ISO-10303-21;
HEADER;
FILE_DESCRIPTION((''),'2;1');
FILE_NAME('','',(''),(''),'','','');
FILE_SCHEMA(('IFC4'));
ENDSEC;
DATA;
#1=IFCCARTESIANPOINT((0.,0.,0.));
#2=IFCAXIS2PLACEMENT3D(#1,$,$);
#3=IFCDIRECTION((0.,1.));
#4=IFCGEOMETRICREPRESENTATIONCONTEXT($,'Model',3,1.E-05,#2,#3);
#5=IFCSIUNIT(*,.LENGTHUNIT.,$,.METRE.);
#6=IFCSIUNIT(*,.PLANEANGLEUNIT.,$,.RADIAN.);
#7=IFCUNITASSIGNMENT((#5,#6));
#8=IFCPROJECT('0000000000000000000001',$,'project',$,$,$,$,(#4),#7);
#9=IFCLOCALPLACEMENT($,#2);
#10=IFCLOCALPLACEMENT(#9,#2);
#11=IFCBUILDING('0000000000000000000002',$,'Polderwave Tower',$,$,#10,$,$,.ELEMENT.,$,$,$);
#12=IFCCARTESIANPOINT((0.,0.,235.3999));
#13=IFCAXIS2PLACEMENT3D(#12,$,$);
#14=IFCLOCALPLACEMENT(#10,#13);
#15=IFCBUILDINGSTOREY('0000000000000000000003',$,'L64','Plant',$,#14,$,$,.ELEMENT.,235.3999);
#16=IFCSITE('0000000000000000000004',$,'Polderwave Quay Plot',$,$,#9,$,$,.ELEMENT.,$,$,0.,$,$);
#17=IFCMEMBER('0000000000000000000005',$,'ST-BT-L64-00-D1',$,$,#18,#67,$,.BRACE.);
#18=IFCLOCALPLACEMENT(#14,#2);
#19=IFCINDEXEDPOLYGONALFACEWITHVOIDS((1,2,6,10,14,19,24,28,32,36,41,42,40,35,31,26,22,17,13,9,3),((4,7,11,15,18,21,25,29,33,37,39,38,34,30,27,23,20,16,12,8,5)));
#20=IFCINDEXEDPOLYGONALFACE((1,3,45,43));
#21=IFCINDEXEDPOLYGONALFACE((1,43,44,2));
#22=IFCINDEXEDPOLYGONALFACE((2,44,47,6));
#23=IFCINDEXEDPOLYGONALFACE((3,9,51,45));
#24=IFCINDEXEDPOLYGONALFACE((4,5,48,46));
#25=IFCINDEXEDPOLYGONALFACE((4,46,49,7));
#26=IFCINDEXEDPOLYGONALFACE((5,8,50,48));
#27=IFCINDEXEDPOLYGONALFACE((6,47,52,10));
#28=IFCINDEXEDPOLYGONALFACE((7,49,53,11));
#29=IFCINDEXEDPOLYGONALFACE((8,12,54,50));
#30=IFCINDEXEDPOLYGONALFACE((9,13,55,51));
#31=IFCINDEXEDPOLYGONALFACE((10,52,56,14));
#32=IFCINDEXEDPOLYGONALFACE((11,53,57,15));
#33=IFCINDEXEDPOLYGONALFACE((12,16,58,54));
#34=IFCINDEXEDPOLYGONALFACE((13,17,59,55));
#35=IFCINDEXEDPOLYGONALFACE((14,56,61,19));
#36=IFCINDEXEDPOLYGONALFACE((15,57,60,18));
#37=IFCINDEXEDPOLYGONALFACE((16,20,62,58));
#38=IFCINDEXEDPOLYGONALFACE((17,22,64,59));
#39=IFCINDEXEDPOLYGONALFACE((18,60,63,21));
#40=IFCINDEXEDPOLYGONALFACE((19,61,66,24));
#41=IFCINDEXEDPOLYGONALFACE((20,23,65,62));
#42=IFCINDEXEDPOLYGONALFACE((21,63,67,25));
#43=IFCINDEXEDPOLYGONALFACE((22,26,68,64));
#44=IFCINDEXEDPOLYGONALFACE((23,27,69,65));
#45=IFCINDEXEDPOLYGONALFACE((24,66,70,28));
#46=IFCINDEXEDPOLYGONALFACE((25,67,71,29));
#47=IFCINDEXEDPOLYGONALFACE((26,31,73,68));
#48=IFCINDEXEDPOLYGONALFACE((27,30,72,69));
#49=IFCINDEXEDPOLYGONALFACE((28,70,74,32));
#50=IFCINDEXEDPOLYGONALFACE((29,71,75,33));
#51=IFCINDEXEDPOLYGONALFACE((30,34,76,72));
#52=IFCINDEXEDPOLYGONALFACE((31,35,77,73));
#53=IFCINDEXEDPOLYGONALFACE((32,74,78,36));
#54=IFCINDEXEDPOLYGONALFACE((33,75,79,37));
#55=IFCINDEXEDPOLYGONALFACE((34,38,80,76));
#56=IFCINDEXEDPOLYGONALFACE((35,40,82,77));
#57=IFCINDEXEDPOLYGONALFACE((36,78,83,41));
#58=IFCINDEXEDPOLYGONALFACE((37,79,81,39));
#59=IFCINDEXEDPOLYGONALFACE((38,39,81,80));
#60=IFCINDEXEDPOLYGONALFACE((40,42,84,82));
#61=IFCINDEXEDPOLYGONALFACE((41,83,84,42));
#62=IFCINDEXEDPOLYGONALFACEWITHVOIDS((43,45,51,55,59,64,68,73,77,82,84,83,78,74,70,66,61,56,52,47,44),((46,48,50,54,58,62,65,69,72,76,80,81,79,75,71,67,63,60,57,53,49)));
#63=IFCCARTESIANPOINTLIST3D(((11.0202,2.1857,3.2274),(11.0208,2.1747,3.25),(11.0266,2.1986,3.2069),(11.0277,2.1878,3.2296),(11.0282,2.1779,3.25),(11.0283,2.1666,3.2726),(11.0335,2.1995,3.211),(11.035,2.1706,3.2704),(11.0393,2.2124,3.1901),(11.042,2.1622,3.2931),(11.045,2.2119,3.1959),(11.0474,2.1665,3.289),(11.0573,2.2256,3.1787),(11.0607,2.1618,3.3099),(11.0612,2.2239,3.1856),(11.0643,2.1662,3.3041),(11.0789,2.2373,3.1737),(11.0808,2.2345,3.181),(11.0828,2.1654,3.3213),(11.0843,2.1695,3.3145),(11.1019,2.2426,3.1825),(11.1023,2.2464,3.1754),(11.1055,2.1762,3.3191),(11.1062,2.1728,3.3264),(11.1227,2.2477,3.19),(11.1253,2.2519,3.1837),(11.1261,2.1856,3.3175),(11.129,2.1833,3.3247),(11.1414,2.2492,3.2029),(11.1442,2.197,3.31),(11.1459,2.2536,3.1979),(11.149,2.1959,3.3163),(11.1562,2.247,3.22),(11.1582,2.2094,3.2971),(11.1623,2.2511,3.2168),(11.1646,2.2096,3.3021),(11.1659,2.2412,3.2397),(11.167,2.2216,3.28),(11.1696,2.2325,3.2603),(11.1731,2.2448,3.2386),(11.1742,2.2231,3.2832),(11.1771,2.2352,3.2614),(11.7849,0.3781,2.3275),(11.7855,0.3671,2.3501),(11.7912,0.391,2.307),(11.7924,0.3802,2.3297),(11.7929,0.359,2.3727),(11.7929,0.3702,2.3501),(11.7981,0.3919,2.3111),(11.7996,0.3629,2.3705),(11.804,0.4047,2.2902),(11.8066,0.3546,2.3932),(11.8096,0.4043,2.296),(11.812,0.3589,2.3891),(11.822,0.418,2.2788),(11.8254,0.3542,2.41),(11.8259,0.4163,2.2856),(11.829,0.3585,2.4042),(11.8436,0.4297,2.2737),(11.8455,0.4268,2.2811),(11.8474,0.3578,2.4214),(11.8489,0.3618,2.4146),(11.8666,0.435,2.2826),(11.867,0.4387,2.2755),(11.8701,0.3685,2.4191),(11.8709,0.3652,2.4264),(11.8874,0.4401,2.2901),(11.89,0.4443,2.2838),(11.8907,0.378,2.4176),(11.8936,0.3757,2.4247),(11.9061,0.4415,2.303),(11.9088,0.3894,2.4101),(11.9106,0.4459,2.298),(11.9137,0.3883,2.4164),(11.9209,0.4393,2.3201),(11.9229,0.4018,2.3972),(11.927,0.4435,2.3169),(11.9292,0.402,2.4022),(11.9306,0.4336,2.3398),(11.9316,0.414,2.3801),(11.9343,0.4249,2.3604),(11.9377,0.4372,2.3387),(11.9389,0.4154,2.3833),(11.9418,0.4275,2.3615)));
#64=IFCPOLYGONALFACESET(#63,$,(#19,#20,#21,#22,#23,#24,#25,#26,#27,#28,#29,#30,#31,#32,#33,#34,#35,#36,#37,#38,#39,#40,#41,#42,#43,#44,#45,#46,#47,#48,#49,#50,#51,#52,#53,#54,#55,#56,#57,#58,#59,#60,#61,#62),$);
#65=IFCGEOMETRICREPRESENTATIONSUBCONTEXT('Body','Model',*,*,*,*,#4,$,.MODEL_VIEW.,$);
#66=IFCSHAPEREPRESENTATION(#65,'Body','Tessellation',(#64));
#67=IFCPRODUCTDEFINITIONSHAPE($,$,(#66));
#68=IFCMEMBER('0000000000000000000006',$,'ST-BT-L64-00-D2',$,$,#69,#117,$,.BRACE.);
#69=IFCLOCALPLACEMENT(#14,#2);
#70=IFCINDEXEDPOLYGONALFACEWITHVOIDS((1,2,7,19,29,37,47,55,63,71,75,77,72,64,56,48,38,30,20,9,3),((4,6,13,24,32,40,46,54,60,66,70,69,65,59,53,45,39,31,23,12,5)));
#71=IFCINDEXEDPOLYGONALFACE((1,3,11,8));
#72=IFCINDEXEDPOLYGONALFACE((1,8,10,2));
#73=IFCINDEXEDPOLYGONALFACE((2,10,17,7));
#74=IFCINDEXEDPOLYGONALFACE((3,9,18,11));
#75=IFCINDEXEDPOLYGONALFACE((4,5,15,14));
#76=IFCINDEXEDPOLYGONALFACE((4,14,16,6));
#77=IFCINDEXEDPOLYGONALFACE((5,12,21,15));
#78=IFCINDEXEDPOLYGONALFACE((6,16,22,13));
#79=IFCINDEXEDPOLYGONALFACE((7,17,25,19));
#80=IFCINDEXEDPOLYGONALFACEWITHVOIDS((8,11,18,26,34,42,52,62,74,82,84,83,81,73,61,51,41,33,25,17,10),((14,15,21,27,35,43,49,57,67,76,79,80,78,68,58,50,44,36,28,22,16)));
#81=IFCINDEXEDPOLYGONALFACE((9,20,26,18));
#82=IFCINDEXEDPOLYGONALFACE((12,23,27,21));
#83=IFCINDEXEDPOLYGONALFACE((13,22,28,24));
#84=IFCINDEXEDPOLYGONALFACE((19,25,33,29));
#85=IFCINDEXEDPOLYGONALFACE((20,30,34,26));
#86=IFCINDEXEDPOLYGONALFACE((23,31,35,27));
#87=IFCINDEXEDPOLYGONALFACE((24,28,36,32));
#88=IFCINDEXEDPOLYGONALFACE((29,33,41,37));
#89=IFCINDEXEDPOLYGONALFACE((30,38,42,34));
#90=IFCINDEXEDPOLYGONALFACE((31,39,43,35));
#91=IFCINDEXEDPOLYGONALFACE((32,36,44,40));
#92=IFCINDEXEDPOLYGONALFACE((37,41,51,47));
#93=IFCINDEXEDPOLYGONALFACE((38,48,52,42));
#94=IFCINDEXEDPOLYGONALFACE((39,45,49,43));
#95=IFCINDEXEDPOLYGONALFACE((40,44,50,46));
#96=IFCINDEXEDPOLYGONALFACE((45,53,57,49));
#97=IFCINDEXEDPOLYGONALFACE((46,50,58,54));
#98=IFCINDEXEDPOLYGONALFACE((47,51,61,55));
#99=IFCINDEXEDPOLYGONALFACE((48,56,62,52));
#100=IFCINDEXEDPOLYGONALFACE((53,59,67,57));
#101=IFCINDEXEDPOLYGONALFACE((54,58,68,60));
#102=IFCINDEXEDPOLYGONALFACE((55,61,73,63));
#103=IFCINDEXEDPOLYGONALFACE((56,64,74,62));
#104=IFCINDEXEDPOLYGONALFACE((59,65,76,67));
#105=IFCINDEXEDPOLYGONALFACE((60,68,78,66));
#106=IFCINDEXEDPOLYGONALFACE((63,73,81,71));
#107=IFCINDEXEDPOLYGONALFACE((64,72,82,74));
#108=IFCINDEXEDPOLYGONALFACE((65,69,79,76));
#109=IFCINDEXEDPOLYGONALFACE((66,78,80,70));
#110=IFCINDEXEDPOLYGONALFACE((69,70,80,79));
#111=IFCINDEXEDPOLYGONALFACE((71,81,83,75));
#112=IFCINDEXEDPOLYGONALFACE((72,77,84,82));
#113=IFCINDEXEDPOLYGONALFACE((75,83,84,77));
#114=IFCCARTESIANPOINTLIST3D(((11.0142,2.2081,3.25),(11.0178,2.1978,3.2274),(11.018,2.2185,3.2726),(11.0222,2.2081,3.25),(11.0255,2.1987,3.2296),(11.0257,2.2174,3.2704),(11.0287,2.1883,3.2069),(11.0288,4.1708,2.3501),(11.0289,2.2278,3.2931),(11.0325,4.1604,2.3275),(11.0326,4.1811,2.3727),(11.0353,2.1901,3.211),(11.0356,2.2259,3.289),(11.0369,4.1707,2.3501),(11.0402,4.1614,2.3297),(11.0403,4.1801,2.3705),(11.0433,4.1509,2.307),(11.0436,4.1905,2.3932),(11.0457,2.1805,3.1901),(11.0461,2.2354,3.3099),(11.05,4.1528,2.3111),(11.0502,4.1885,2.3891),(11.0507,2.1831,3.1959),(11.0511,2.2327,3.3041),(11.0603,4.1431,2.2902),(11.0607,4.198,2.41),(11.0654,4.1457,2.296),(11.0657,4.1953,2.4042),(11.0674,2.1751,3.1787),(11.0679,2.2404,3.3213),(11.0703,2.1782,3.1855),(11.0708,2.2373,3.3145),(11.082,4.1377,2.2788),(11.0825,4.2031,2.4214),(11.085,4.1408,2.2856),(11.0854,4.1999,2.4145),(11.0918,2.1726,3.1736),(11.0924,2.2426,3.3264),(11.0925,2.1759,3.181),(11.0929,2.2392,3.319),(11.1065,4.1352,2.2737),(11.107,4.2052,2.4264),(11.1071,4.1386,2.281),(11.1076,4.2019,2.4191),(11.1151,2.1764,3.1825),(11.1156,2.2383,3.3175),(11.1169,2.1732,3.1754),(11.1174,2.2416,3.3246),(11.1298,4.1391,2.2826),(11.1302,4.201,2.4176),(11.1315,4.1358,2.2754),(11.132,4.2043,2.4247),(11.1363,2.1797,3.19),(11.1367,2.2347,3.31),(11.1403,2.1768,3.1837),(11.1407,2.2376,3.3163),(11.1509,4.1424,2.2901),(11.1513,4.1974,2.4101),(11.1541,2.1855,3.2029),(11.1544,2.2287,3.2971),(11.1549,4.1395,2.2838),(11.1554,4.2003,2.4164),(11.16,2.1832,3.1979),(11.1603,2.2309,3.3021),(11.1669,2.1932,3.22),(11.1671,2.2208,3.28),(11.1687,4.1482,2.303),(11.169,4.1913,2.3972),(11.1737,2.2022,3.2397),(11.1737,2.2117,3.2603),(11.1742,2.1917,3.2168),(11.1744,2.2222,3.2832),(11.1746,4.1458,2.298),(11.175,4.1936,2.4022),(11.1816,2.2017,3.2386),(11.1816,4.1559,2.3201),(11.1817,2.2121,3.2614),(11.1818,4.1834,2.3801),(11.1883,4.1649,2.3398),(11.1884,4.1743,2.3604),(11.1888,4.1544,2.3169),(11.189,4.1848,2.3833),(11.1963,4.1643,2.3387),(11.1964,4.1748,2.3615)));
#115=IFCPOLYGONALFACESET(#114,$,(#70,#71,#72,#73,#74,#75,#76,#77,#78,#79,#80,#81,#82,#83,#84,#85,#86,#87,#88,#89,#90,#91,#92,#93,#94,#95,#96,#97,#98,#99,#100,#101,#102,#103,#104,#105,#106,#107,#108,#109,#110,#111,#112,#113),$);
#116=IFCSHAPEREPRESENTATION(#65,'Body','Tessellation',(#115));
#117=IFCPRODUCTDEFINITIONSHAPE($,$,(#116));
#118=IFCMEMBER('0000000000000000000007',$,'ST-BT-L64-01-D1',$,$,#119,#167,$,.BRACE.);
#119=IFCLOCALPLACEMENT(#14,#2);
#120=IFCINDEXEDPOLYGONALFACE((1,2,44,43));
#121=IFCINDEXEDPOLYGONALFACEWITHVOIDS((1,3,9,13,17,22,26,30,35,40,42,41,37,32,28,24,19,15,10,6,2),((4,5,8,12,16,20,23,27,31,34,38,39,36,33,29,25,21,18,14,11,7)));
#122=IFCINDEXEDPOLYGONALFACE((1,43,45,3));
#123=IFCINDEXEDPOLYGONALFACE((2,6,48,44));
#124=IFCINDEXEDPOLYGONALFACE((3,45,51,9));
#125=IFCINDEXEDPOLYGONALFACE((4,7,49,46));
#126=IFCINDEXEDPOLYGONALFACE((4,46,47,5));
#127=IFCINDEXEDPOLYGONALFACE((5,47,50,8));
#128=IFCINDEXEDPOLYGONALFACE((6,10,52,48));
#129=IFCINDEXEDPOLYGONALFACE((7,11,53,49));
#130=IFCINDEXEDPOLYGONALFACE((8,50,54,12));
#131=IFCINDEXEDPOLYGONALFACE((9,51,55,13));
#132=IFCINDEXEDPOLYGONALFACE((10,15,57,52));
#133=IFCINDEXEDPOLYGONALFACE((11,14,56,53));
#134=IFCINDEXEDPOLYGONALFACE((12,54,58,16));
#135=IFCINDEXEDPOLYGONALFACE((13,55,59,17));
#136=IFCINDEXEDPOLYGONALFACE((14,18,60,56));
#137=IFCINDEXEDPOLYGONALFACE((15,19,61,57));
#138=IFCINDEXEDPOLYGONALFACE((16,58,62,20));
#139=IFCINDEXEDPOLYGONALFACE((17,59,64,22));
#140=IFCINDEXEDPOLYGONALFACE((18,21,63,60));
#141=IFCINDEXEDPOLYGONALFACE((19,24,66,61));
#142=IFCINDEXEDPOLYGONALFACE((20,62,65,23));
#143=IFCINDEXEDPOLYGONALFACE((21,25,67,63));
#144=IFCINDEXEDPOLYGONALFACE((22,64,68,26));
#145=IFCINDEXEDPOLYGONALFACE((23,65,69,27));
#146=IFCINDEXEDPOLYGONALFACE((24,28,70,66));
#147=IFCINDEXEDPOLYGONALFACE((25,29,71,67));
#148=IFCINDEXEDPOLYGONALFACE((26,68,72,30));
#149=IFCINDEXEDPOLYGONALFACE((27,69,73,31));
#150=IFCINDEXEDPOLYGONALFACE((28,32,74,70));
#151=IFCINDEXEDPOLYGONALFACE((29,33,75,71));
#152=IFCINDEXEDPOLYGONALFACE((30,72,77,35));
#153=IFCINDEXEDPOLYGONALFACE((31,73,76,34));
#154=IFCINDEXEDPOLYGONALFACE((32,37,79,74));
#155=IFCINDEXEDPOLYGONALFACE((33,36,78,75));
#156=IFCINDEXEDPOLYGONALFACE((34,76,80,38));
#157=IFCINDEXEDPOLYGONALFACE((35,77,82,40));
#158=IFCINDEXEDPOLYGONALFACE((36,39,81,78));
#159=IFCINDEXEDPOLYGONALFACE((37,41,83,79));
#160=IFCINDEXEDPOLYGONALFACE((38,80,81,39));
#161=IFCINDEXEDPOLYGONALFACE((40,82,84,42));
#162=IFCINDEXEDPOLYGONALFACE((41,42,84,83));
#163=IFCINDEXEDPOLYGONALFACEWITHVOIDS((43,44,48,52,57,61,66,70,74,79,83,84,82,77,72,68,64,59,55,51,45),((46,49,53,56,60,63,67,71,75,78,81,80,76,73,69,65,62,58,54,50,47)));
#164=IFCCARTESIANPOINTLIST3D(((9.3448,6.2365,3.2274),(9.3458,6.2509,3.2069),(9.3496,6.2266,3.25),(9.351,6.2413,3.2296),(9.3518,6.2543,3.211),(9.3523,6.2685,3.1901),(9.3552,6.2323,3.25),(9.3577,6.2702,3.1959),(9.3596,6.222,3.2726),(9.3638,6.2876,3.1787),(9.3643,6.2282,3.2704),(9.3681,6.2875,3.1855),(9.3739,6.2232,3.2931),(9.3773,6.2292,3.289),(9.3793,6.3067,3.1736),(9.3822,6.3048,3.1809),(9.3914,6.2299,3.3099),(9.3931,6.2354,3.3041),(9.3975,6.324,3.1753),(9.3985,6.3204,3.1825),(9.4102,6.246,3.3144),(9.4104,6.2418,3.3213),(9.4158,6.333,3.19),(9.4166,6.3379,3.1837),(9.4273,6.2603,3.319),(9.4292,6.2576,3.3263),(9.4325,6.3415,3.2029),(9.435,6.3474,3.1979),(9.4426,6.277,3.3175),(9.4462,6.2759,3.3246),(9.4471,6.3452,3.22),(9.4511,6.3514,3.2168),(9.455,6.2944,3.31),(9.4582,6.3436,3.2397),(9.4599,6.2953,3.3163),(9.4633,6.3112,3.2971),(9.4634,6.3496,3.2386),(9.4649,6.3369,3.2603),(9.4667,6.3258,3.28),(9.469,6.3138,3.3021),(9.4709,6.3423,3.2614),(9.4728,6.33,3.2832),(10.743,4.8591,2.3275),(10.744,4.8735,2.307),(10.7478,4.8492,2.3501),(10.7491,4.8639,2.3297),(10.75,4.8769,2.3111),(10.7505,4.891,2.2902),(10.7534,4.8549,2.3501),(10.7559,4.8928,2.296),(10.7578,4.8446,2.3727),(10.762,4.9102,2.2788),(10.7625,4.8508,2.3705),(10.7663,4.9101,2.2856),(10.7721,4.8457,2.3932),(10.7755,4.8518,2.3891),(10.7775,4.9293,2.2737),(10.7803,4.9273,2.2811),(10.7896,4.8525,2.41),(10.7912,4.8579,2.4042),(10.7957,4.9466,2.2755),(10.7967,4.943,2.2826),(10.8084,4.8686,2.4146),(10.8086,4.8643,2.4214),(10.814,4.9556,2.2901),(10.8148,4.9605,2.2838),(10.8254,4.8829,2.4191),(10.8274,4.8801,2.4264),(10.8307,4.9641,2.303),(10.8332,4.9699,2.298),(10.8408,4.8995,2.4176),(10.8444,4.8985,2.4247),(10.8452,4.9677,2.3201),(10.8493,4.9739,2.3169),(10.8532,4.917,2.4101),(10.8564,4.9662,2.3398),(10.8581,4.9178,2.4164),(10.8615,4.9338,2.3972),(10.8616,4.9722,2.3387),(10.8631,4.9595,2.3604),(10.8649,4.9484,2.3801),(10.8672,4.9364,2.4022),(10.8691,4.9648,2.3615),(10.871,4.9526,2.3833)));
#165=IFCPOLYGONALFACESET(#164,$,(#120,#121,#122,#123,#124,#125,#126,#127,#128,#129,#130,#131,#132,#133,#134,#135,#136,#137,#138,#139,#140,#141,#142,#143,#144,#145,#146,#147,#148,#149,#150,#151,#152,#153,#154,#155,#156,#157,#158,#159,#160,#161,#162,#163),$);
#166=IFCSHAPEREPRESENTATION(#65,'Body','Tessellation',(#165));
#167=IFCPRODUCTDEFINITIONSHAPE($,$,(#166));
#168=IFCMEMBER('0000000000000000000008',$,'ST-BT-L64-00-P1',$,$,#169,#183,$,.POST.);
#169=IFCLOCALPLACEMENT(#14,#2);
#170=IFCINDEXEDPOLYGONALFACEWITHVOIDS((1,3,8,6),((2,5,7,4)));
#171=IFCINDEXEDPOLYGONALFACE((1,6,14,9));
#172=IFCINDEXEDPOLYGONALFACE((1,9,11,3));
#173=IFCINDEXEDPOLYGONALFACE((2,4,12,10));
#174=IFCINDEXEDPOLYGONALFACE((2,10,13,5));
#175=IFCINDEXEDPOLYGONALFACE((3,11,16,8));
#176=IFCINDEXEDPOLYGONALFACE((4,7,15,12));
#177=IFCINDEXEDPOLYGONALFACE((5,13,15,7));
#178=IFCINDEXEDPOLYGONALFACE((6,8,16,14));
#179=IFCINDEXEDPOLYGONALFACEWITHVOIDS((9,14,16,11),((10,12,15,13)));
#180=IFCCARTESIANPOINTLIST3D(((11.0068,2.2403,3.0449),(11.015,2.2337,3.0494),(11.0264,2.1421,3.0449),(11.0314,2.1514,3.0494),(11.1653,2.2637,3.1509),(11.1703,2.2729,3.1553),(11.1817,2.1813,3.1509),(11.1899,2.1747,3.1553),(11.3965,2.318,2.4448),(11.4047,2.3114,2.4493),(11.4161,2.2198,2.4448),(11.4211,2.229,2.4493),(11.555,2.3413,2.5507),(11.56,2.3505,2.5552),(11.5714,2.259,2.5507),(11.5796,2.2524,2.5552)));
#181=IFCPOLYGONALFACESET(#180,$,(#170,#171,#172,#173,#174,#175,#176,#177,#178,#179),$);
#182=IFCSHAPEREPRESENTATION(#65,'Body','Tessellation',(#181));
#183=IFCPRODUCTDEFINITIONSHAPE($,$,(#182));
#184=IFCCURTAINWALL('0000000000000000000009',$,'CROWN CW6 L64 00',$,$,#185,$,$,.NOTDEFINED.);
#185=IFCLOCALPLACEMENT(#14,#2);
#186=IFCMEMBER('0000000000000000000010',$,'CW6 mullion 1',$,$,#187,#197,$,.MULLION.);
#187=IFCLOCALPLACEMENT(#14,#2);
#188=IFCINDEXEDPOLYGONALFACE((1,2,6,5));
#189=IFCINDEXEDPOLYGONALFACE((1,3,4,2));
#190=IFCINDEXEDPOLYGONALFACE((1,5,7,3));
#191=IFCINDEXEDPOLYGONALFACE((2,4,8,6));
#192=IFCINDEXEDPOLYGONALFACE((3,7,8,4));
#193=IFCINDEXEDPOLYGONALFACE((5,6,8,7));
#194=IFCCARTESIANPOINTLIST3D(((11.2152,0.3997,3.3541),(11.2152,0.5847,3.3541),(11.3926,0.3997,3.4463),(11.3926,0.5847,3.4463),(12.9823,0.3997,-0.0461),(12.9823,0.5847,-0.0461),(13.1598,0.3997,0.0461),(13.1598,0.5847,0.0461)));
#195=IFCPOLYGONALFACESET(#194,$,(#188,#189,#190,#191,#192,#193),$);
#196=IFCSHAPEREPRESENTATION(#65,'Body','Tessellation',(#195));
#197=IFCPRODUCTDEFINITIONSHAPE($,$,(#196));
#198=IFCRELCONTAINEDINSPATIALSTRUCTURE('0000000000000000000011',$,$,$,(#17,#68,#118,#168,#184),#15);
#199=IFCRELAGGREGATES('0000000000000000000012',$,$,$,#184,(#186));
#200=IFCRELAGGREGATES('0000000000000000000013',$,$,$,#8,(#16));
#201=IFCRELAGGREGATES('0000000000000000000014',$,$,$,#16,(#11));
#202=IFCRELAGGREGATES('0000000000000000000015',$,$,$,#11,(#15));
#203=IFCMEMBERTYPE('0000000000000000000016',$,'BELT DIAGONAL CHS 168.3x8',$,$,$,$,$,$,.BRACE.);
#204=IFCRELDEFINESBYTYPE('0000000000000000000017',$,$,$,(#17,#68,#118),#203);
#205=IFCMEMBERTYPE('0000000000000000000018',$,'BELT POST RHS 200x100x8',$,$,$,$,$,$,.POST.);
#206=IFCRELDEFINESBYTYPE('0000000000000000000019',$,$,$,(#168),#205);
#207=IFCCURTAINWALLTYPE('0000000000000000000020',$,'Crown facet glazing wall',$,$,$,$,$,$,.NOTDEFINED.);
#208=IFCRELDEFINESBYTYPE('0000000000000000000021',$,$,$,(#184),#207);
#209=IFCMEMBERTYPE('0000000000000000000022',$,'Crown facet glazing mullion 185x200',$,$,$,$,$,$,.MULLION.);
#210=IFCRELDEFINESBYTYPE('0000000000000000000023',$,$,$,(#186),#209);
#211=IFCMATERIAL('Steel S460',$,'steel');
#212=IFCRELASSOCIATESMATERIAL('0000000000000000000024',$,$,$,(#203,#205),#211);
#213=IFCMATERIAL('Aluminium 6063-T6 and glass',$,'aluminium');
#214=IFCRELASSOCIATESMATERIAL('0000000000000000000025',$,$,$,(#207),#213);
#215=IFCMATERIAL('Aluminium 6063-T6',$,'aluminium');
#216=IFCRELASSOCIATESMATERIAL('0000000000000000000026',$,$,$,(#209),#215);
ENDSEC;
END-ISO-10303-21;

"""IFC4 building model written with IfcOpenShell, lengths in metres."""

from ifc_helpers import new_model, si_unit, direction, frame, origin, origin_2d, place, context, subcontext, project, spatial, rectangle, hollow_rectangle, hollow_circle, extrude, material, material_profile, profile_set, type_object, element, aggregate, save


model = new_model("IFC4")

# Units and contexts
model_context = context("Model", 3, precision=1e-05, world=origin(), true_north=direction((0.0, 1.0)))
body_context = subcontext(model_context, "Body", "Model", "MODEL_VIEW")
ifc_project = project(units=[si_unit("LENGTHUNIT", "METRE"), si_unit("PLANEANGLEUNIT", "RADIAN")], contexts=[model_context])

# Site, building, storey
site_placement = place(None, origin())
site = spatial("IfcSite", under=ifc_project, at=site_placement, Name="Polderwave Quay Plot", CompositionType="ELEMENT", RefElevation=0.0)
building_placement = place(site_placement, origin())
building = spatial("IfcBuilding", under=site, at=building_placement, Name="Polderwave Tower", CompositionType="ELEMENT")
storey_placement = place(building_placement, frame((0.0, 0.0, 235.3999)))
storey = spatial("IfcBuildingStorey", under=building, at=storey_placement, Name="L64", Description="Plant", CompositionType="ELEMENT", Elevation=235.3999)

# Members
ifc_material_1 = material(Name="Steel S460", Category="steel")
ifc_material_profile_1 = material_profile(ifc_material_1, hollow_circle(Radius=0.0842, WallThickness=0.0081, at=origin_2d()), Name="CHS 168.3x8")
ifc_profile_set_1 = profile_set([ifc_material_profile_1], Name="Steel S460")
member_type_1 = type_object("IfcMemberType", Name="BELT DIAGONAL CHS 168.3x8", PredefinedType="BRACE", material=ifc_profile_set_1)
for number, where, z_axis, x_axis, name in (
    (1, (11.863, 0.3999, 2.3501), (-0.354141, 0.837184, 0.416783), (-0.920988, -0.389591, 0.0), "ST-BT-L64-00-D1"),
    (2, (11.0984, 2.2075, 3.25), (0.006784, 0.908981, -0.416781), (-0.999972, 0.007463, 0.0), "ST-BT-L64-00-D2"),
    (3, (10.8069, 4.9092, 2.3501), (-0.647554, 0.637943, 0.416777), (-0.701801, -0.712374, 0.0), "ST-BT-L64-01-D1"),
):
    element("IfcMember", number, at=place(storey_placement, frame(where, z_axis=z_axis, x_axis=x_axis)), inside=storey, type_object=member_type_1, Name=name, PredefinedType="BRACE", context=body_context, shape_type="SweptSolid", body=[
        extrude(hollow_circle(Radius=0.0842, WallThickness=0.0081, at=origin_2d()), origin(), (0.0, 0.0, 1.0), 2.1592),
    ])
ifc_material_profile_2 = material_profile(ifc_material_1, hollow_rectangle(XDim=0.1001, YDim=0.2, WallThickness=0.0081, at=origin_2d()), Name="RHS 200x100x8")
ifc_profile_set_2 = profile_set([ifc_material_profile_2], Name="Steel S460")
member_type_2 = type_object("IfcMemberType", Name="BELT POST RHS 200x100x8", PredefinedType="POST", material=ifc_profile_set_2)
member_1_placement = place(storey_placement, frame((11.488, 2.2852, 2.5), z_axis=(-0.541403, -0.107873, 0.833814), x_axis=(0.195407, -0.980722, 0.0)))
element("IfcMember", 4, at=member_1_placement, inside=storey, type_object=member_type_2, Name="ST-BT-L64-00-P1", PredefinedType="POST", context=body_context, shape_type="SweptSolid", body=[
    extrude(hollow_rectangle(XDim=0.1001, YDim=0.2, WallThickness=0.0081, at=origin_2d()), origin(), (0.0, 0.0, 1.0), 0.7197),
])

# Curtain wall, member
ifc_material_2 = material(Name="Aluminium 6063-T6 and glass", Category="aluminium")
curtain_wall_type = type_object("IfcCurtainWallType", Name="Crown facet glazing wall", PredefinedType="NOTDEFINED", material=ifc_material_2)
curtain_wall_1_placement = place(storey_placement, origin())
curtain_wall_1 = element("IfcCurtainWall", 5, at=curtain_wall_1_placement, inside=storey, type_object=curtain_wall_type, Name="CROWN CW6 L64 00", PredefinedType="NOTDEFINED")
ifc_material_3 = material(Name="Aluminium 6063-T6", Category="aluminium")
ifc_material_profile_3 = material_profile(ifc_material_3, rectangle(XDim=0.1851, YDim=0.2, at=origin_2d()), Name="AL 185x200")
ifc_profile_set_3 = profile_set([ifc_material_profile_3], Name="Aluminium 6063-T6")
member_type_3 = type_object("IfcMemberType", Name="Crown facet glazing mullion 185x200", PredefinedType="MULLION", material=ifc_profile_set_3)
member_2_placement = place(storey_placement, frame((13.071, 0.4922, 0.0), z_axis=(-0.46115, 0.0, 0.887322), x_axis=(0.0, -1.0, 0.0)))
member_2 = element("IfcMember", 6, at=member_2_placement, type_object=member_type_3, Name="CW6 mullion 1", PredefinedType="MULLION", context=body_context, shape_type="SweptSolid", body=[
    extrude(rectangle(XDim=0.1851, YDim=0.2, at=origin_2d()), origin(), (0.0, 0.0, 1.0), 3.832),
])

aggregate(curtain_wall_1, [member_2])

save(model, "model.ifc")
